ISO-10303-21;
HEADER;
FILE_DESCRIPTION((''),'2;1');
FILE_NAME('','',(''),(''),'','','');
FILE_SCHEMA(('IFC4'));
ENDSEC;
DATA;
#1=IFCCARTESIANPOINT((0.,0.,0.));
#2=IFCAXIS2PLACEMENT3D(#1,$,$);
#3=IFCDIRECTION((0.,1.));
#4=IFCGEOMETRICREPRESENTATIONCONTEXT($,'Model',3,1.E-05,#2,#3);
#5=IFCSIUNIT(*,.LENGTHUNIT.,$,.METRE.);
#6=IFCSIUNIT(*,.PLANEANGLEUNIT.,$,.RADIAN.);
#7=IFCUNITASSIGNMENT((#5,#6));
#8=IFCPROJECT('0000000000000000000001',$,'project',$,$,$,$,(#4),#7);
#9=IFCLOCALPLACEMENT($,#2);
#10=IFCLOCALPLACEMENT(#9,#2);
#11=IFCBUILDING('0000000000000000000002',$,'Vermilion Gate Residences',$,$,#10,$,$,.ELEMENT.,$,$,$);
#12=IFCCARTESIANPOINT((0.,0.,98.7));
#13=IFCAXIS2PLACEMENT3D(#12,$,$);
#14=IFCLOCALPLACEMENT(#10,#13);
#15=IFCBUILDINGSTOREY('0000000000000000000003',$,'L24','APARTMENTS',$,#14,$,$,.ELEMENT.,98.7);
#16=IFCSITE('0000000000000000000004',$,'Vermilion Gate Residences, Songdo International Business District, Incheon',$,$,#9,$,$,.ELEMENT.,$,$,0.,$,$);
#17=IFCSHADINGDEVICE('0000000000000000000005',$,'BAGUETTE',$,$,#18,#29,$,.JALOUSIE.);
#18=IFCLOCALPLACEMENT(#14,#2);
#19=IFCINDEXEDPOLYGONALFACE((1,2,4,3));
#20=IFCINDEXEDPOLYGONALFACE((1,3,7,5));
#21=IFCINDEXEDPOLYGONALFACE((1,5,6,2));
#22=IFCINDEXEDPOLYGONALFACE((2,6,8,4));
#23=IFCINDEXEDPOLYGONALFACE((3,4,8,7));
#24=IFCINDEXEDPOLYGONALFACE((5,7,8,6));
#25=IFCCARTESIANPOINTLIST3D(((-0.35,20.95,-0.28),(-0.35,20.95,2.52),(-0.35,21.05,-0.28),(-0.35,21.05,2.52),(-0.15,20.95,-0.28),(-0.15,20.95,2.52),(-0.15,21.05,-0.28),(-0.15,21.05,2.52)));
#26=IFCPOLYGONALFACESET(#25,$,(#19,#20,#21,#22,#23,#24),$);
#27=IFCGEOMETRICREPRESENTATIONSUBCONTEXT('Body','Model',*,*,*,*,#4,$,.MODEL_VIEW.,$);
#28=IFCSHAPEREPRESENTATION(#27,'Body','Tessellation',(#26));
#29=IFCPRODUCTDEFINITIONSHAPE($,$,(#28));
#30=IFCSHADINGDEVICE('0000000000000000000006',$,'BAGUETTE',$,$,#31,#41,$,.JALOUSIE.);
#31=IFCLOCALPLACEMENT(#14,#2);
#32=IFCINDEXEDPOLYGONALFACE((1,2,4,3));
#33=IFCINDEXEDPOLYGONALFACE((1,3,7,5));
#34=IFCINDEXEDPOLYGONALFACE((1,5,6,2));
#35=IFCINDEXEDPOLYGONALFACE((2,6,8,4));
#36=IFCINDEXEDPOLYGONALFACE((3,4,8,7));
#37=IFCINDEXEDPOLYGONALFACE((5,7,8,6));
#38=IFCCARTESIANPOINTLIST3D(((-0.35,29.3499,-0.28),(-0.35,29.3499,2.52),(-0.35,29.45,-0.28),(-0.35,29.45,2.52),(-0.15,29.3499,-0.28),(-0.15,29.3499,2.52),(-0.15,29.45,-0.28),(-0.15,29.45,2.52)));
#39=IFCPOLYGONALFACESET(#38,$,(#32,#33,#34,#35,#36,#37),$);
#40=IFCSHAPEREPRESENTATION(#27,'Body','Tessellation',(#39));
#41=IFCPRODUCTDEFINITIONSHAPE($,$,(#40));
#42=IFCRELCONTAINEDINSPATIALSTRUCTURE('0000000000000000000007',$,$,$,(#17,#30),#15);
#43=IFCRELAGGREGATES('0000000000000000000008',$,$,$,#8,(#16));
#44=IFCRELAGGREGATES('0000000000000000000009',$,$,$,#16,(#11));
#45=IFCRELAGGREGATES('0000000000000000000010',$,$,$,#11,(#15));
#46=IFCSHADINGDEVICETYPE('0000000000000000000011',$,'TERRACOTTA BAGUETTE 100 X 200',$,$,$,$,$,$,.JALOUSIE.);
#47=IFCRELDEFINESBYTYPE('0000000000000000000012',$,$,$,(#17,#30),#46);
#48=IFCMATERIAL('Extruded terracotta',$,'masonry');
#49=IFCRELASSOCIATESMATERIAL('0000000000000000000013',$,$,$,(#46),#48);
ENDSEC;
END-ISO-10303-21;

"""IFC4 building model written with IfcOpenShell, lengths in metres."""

from ifc_helpers import new_model, si_unit, direction, frame, origin, origin_2d, place, context, subcontext, project, spatial, rectangle, extrude, material, material_profile, profile_set, type_object, element, save


model = new_model("IFC4")

# Units and contexts
model_context = context("Model", 3, precision=1e-05, world=origin(), true_north=direction((0.0, 1.0)))
body_context = subcontext(model_context, "Body", "Model", "MODEL_VIEW")
ifc_project = project(units=[si_unit("LENGTHUNIT", "METRE"), si_unit("PLANEANGLEUNIT", "RADIAN")], contexts=[model_context])

# Site, building, storey
site_placement = place(None, origin())
site = spatial("IfcSite", under=ifc_project, at=site_placement, Name="Vermilion Gate Residences, Songdo International Business District, Incheon", CompositionType="ELEMENT", RefElevation=0.0)
building_placement = place(site_placement, origin())
building = spatial("IfcBuilding", under=site, at=building_placement, Name="Vermilion Gate Residences", CompositionType="ELEMENT")
storey_placement = place(building_placement, frame((0.0, 0.0, 98.7)))
storey = spatial("IfcBuildingStorey", under=building, at=storey_placement, Name="L24", Description="APARTMENTS", CompositionType="ELEMENT", Elevation=98.7)

# Shading devices
ifc_material_1 = material(Name="Extruded terracotta", Category="masonry")
ifc_material_profile_1 = material_profile(ifc_material_1, rectangle(XDim=0.2, YDim=0.1001, at=origin_2d()), Name="BAGUETTE 100 X 200")
ifc_profile_set_1 = profile_set([ifc_material_profile_1], Name="Extruded terracotta")
shading_device_type = type_object("IfcShadingDeviceType", Name="TERRACOTTA BAGUETTE 100 X 200", PredefinedType="JALOUSIE", material=ifc_profile_set_1)
for number, where, z_axis, x_axis, name in (
    (1, (-0.25, 21.0, -0.28), (0.0, 0.0, 1.0), (1.0, 0.0, 0.0), "BAGUETTE"),
    (2, (-0.25, 29.3999, -0.28), (0.0, 0.0, 1.0), (1.0, 0.0, 0.0), "BAGUETTE"),
):
    element("IfcShadingDevice", number, at=place(storey_placement, frame(where, z_axis=z_axis, x_axis=x_axis)), inside=storey, type_object=shading_device_type, Name=name, PredefinedType="JALOUSIE", context=body_context, shape_type="SweptSolid", body=[
        extrude(rectangle(XDim=0.2, YDim=0.1001, at=origin_2d()), origin(), (0.0, 0.0, 1.0), 2.8),
    ])

save(model, "model.ifc")
